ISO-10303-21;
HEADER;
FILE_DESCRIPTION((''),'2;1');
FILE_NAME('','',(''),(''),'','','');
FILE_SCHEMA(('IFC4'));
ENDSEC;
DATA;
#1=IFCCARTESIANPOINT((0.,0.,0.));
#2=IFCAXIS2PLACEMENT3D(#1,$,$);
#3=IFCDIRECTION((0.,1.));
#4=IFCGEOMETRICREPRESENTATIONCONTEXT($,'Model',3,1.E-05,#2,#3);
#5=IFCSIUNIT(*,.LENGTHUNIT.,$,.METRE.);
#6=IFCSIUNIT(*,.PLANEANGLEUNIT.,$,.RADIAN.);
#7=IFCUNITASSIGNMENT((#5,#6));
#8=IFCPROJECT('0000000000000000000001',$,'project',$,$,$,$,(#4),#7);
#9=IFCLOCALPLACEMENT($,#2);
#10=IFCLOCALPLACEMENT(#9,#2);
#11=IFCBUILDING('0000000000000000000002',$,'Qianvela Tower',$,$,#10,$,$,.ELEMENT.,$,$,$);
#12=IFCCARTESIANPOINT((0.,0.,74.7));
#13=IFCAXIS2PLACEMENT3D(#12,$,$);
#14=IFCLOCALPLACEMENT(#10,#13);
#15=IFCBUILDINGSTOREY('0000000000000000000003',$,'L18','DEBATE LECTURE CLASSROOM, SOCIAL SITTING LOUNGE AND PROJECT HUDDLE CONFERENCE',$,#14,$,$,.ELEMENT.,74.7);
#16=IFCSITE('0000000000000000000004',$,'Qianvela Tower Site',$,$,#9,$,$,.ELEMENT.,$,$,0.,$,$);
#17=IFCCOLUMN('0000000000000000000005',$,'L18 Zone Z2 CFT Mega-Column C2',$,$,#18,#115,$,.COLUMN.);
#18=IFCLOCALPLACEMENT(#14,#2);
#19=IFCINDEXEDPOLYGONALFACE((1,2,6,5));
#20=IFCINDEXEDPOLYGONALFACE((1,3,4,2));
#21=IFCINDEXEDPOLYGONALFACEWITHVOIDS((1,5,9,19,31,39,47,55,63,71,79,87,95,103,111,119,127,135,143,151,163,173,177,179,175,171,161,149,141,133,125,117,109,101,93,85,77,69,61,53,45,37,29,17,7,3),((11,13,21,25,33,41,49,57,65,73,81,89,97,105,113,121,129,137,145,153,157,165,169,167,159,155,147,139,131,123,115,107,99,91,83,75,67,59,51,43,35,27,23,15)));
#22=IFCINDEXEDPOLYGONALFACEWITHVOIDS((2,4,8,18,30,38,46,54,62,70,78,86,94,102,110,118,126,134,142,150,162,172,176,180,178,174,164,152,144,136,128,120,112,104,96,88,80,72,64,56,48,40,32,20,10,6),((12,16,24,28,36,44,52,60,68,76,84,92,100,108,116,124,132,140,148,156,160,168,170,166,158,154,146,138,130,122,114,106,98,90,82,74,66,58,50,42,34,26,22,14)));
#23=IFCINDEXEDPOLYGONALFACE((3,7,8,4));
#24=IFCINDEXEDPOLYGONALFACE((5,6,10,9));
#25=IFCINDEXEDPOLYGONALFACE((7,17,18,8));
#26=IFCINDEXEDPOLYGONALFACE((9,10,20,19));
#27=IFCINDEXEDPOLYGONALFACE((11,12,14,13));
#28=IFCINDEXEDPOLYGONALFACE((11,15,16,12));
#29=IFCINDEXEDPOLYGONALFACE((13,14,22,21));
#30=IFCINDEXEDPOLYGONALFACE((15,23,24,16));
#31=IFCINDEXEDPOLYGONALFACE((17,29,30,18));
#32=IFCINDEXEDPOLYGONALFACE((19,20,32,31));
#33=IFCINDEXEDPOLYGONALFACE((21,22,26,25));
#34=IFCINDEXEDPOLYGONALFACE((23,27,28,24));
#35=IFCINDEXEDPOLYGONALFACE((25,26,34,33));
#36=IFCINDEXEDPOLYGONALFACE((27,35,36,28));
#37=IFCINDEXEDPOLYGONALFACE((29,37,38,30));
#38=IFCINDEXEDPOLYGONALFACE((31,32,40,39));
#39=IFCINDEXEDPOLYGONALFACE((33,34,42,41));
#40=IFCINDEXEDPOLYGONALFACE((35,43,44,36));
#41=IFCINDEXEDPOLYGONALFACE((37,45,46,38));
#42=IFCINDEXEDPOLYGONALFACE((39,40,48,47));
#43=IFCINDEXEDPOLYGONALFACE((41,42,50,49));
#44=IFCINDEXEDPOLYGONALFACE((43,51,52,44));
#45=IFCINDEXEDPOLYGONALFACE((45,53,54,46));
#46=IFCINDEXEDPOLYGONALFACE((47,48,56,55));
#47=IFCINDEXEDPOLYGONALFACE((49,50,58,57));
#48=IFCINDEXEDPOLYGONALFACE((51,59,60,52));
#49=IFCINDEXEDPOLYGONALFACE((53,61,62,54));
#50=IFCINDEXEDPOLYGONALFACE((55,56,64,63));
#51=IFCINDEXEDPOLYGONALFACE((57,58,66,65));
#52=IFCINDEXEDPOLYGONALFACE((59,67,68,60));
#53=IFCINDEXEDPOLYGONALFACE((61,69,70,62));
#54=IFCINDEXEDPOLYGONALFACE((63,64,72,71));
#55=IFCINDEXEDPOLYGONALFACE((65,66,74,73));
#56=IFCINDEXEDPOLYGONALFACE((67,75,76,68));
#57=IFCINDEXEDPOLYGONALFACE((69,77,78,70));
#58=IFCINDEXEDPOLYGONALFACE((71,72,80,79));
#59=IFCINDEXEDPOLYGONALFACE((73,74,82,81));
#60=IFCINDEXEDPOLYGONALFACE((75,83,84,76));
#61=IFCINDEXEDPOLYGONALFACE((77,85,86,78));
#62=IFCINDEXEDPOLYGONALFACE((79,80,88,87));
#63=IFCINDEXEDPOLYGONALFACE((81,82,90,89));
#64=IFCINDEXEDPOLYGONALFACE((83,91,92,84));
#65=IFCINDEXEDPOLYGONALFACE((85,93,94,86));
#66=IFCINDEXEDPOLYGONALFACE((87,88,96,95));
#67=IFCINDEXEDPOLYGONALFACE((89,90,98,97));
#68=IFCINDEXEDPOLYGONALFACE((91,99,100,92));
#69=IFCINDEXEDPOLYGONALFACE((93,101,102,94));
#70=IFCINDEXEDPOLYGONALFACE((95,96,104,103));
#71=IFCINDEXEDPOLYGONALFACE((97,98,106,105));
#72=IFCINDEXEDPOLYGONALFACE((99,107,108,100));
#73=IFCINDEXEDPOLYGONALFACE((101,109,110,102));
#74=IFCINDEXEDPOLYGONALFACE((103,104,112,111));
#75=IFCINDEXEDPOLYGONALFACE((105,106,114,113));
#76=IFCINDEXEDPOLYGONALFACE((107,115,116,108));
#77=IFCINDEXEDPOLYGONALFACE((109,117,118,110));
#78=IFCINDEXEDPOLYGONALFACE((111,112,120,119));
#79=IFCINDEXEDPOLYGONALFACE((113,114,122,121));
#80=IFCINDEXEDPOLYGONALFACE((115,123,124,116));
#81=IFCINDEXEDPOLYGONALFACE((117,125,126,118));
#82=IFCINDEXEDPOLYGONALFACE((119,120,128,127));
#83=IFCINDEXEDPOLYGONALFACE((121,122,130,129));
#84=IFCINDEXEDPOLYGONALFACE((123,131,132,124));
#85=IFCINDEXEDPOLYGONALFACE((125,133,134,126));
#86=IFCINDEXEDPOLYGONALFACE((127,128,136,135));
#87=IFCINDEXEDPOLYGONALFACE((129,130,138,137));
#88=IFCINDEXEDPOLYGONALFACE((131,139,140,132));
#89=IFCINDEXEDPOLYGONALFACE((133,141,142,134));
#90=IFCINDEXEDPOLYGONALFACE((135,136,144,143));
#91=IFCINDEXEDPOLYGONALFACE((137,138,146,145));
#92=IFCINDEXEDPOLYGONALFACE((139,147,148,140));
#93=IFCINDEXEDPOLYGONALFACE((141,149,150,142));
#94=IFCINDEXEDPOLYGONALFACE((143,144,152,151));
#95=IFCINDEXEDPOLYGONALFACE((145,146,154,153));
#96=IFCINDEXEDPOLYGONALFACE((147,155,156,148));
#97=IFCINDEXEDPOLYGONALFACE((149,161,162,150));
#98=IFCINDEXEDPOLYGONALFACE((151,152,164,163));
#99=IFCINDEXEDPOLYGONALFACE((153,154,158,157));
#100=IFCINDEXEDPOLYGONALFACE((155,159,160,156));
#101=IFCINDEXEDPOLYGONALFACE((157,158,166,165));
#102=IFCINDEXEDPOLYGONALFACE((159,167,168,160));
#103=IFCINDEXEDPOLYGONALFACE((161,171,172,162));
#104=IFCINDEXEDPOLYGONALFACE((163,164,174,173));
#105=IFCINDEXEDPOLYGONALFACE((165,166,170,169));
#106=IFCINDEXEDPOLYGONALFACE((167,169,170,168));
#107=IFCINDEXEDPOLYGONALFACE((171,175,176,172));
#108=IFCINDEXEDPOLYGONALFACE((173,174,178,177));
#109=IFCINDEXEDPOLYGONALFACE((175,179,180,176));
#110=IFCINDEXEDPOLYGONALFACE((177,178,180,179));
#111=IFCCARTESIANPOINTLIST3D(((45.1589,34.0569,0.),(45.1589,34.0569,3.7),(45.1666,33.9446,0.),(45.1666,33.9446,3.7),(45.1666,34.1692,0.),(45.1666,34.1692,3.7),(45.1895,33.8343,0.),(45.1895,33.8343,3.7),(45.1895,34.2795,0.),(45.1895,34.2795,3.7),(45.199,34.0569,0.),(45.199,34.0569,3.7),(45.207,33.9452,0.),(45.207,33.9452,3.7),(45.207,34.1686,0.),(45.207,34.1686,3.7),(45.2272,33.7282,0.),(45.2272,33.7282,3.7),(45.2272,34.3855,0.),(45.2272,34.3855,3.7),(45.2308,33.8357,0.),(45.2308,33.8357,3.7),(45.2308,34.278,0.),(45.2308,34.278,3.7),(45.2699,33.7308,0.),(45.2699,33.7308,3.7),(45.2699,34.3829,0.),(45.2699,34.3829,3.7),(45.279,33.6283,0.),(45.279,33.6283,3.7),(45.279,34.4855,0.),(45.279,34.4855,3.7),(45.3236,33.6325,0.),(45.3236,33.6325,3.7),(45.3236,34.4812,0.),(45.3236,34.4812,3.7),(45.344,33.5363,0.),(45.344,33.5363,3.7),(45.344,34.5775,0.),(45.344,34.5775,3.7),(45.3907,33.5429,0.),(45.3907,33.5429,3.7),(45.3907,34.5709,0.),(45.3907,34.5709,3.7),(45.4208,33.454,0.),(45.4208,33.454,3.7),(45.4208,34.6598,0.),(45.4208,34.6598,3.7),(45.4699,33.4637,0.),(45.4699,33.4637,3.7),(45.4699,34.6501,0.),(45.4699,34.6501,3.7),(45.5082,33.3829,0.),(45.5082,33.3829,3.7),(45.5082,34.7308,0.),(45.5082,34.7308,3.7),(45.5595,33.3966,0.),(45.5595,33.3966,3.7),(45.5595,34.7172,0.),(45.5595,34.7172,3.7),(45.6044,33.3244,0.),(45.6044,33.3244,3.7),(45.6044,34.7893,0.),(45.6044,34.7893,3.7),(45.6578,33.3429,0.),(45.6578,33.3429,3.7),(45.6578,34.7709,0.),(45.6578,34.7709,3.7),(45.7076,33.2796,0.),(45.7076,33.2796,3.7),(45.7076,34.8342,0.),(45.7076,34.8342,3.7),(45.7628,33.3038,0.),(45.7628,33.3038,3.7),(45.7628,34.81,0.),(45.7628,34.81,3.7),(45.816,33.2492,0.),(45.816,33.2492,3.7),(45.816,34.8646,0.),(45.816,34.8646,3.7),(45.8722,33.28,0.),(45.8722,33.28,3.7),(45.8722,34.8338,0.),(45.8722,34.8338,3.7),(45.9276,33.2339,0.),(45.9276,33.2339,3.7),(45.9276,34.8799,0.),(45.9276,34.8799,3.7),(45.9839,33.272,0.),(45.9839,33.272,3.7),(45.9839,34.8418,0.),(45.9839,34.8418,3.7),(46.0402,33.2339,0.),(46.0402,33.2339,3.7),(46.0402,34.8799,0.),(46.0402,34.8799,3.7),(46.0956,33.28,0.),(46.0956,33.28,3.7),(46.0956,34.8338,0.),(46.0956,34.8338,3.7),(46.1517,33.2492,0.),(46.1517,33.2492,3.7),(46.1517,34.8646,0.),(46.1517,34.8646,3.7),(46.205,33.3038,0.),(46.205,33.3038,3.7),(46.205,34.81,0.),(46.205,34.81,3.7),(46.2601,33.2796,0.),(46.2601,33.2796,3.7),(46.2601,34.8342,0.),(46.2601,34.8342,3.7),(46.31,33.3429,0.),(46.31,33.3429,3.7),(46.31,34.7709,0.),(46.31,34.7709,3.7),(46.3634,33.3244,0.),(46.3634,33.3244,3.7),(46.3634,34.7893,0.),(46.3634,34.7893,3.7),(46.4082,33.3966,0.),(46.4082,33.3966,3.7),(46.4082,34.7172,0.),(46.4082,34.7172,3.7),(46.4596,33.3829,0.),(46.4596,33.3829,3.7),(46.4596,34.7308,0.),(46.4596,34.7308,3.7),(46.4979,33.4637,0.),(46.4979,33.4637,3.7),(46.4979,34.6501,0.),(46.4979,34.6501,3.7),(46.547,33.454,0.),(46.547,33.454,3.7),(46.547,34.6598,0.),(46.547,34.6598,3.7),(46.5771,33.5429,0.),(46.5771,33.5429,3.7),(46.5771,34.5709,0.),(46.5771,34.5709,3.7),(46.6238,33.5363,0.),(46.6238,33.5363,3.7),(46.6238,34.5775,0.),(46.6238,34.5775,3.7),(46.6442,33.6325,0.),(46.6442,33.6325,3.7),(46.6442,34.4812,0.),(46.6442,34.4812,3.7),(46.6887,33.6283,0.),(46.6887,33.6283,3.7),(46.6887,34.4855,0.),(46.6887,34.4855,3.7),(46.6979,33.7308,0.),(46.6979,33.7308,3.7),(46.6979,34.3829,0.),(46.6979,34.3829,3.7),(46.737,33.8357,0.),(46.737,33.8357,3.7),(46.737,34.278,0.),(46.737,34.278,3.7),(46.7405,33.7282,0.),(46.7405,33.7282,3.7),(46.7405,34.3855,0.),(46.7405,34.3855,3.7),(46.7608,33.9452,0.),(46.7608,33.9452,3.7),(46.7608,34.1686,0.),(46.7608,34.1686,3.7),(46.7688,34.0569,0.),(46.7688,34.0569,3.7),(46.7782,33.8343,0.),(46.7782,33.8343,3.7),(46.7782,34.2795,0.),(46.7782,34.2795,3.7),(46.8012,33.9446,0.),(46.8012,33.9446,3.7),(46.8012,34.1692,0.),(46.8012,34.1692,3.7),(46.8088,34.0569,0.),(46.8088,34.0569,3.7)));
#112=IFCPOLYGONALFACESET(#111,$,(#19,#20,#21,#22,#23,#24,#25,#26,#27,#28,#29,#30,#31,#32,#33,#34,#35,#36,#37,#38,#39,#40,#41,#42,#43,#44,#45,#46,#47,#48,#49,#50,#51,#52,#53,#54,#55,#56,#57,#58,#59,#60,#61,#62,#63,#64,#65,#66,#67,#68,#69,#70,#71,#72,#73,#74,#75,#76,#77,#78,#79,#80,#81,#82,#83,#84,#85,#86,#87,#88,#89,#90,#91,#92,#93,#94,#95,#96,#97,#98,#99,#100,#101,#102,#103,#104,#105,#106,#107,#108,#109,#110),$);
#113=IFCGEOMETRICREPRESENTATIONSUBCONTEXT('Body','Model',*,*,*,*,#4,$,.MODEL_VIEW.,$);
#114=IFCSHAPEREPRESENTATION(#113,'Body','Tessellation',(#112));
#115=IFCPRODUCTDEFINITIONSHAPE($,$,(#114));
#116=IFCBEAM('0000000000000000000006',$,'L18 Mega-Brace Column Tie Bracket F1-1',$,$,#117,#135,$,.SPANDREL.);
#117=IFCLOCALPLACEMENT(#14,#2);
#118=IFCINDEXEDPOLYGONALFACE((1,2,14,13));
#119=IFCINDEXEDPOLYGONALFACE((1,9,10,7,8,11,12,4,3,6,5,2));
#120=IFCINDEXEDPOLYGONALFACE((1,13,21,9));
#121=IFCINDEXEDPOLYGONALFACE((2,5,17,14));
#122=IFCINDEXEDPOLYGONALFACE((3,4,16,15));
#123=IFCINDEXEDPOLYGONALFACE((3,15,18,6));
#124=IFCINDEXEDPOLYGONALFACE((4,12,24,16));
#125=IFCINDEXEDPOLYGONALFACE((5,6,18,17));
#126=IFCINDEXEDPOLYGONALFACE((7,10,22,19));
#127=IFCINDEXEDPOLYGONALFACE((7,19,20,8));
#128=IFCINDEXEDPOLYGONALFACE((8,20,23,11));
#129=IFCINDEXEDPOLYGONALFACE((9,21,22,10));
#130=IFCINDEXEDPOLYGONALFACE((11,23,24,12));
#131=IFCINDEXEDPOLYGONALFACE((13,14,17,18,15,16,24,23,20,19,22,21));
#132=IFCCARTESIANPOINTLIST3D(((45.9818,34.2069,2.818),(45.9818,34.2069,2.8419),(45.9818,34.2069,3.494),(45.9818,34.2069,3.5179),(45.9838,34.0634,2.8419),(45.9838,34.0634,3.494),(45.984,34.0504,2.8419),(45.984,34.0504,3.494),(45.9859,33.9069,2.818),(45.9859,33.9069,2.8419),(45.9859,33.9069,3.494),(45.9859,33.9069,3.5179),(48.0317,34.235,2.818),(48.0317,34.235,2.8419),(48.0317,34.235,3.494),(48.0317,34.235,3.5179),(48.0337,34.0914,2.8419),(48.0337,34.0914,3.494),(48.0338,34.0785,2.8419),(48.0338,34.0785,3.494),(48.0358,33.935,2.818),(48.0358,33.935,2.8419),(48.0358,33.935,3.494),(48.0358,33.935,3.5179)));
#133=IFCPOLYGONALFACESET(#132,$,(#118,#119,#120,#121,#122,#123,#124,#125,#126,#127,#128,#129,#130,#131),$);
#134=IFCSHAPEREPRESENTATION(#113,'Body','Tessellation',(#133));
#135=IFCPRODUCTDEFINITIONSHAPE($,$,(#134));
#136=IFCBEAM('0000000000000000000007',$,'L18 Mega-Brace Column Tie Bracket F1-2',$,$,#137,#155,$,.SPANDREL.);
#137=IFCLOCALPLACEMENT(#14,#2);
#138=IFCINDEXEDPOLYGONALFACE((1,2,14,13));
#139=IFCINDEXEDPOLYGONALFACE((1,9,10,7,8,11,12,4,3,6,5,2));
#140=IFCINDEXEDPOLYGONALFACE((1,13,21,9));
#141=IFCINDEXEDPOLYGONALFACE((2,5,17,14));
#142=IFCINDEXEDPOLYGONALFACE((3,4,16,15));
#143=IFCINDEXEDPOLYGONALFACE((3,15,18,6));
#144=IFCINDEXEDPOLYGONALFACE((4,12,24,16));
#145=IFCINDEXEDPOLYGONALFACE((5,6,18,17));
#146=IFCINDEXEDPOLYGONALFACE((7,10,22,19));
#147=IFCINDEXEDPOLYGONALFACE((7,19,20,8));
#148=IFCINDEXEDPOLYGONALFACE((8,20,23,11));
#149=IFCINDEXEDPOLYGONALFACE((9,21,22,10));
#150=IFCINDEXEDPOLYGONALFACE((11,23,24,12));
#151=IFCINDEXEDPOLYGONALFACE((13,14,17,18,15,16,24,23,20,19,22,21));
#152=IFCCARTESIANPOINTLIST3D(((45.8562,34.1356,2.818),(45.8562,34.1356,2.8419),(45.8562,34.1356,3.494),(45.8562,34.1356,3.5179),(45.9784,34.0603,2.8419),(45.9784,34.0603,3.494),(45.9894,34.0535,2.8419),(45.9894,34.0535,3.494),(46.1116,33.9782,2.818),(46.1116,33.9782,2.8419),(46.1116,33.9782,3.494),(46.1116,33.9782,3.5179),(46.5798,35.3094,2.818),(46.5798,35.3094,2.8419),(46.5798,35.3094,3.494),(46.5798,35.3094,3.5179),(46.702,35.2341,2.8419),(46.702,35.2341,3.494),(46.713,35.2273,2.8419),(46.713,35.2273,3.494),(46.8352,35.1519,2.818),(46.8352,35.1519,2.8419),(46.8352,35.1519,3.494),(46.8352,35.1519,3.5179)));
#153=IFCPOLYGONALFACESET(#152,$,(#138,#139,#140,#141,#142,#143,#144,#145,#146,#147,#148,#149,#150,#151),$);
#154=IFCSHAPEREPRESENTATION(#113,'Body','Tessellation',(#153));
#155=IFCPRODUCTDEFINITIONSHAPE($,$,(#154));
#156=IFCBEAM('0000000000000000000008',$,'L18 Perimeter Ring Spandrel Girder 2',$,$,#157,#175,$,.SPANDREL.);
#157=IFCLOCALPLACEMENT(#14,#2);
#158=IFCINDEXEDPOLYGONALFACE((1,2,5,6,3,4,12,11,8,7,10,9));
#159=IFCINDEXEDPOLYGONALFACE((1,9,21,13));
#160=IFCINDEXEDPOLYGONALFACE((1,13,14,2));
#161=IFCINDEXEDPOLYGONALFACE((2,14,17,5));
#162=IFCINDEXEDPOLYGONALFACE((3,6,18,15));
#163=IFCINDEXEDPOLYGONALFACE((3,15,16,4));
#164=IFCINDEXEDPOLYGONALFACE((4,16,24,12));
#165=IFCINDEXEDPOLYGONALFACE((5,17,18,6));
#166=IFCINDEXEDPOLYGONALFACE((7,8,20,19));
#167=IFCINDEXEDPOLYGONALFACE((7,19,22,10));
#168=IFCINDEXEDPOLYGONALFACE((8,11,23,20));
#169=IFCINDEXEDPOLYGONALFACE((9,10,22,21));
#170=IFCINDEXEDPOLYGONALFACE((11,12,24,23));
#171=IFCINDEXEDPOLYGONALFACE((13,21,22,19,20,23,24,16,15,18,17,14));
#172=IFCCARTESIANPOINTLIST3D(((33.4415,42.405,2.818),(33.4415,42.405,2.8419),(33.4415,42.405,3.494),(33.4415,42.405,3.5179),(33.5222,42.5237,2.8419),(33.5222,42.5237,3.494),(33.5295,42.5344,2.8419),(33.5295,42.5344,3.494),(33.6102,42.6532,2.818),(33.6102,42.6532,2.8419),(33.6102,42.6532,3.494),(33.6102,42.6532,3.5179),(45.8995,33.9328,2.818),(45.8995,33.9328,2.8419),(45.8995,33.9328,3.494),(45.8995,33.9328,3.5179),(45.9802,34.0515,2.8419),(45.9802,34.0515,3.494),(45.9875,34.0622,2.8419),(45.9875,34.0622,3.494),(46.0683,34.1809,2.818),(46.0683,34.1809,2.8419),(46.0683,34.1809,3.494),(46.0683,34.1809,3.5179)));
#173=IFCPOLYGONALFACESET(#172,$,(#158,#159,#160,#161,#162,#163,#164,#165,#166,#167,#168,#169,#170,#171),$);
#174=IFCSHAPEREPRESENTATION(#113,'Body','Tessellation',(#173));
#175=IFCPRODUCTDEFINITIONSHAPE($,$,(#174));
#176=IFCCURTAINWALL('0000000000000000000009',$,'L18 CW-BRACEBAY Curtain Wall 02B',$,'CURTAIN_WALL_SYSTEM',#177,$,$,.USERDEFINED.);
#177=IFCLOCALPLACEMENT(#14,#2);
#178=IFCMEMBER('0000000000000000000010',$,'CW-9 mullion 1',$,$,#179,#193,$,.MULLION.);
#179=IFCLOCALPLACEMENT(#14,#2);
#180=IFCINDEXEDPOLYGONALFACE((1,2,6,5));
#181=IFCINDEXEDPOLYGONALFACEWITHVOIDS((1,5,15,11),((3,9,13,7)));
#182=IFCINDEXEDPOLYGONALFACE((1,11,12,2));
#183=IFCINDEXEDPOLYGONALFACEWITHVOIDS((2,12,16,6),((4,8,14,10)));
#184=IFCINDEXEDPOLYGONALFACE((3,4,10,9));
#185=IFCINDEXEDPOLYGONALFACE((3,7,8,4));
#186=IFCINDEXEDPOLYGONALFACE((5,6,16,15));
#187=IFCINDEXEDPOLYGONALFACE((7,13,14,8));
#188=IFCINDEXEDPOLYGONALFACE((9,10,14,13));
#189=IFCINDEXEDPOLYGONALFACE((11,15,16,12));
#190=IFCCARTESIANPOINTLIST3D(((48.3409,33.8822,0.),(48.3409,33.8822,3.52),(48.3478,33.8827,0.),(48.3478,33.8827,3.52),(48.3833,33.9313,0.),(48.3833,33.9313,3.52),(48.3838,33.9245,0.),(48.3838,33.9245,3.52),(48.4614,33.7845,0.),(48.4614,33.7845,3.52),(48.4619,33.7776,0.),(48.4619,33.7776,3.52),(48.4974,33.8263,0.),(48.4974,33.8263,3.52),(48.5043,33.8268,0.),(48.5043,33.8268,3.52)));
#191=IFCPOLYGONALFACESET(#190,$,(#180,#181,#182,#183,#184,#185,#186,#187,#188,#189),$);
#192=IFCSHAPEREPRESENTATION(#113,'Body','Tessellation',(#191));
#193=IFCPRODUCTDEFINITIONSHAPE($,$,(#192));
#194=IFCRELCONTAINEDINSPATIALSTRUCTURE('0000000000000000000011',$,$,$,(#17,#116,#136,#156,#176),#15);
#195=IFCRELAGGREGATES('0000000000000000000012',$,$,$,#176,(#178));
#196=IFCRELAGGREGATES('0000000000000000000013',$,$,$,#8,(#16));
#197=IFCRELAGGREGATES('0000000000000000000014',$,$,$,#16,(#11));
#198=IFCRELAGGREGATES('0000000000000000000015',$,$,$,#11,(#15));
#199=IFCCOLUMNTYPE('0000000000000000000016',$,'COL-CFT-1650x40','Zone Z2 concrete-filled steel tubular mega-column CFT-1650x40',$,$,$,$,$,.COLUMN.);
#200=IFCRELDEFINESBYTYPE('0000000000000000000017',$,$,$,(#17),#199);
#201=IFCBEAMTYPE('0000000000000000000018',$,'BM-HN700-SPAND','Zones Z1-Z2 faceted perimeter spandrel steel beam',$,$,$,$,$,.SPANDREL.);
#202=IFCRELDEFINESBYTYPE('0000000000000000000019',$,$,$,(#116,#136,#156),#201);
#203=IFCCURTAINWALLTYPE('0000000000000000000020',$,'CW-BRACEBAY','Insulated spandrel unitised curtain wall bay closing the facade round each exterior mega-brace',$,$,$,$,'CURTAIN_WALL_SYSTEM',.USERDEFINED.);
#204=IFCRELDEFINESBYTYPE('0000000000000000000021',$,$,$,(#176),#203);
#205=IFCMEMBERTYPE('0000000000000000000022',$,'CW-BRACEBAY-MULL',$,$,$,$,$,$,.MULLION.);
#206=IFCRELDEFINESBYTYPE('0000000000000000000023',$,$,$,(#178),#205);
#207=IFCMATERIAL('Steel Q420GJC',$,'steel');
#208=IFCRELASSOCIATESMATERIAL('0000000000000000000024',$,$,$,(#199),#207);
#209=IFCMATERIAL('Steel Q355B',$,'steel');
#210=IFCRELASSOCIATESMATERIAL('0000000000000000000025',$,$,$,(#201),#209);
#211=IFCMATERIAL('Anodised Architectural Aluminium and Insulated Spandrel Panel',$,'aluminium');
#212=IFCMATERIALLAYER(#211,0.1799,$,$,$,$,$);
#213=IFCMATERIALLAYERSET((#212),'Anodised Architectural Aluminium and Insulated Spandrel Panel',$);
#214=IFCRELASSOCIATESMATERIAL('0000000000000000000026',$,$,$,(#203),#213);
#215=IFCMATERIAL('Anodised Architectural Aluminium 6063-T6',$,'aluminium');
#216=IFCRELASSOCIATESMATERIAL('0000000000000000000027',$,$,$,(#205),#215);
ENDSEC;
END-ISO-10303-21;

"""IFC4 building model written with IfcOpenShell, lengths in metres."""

from ifc_helpers import new_model, si_unit, direction, frame, origin, origin_2d, place, context, subcontext, project, spatial, hollow_rectangle, hollow_circle, i_section, extrude, material, layer, layer_set, material_profile, profile_set, type_object, element, aggregate, save


model = new_model("IFC4")

# Units and contexts
model_context = context("Model", 3, precision=1e-05, world=origin(), true_north=direction((0.0, 1.0)))
body_context = subcontext(model_context, "Body", "Model", "MODEL_VIEW")
ifc_project = project(units=[si_unit("LENGTHUNIT", "METRE"), si_unit("PLANEANGLEUNIT", "RADIAN")], contexts=[model_context])

# Site, building, storey
site_placement = place(None, origin())
site = spatial("IfcSite", under=ifc_project, at=site_placement, Name="Qianvela Tower Site", CompositionType="ELEMENT", RefElevation=0.0)
building_placement = place(site_placement, origin())
building = spatial("IfcBuilding", under=site, at=building_placement, Name="Qianvela Tower", CompositionType="ELEMENT")
storey_placement = place(building_placement, frame((0.0, 0.0, 74.7)))
storey = spatial("IfcBuildingStorey", under=building, at=storey_placement, Name="L18", Description="DEBATE LECTURE CLASSROOM, SOCIAL SITTING LOUNGE AND PROJECT HUDDLE CONFERENCE", CompositionType="ELEMENT", Elevation=74.7)

# Column
ifc_material_1 = material(Name="Steel Q420GJC", Category="steel")
ifc_material_profile_1 = material_profile(ifc_material_1, hollow_circle(Radius=0.825, WallThickness=0.04, at=origin_2d()), Name="CFT-1650x40")
ifc_profile_set_1 = profile_set([ifc_material_profile_1], Name="Steel Q420GJC")
column_type = type_object("IfcColumnType", Name="COL-CFT-1650x40", Description="Zone Z2 concrete-filled steel tubular mega-column CFT-1650x40", PredefinedType="COLUMN", material=ifc_profile_set_1)
column_placement = place(storey_placement, frame((45.9839, 34.0569, 0.0), z_axis=(0.0, 0.0, 1.0), x_axis=(1.0, 0.0, 0.0)))
element("IfcColumn", 1, at=column_placement, inside=storey, type_object=column_type, Name="L18 Zone Z2 CFT Mega-Column C2", PredefinedType="COLUMN", context=body_context, shape_type="SweptSolid", body=[
    extrude(hollow_circle(Radius=0.825, WallThickness=0.04, at=origin_2d()), origin(), (0.0, 0.0, 1.0), 3.7),
])

# Beams
ifc_material_2 = material(Name="Steel Q355B", Category="steel")
ifc_material_profile_2 = material_profile(ifc_material_2, i_section(OverallWidth=0.3, OverallDepth=0.7, WebThickness=0.0129, FlangeThickness=0.0239, at=origin_2d()), Name="HN700x300x13x24")
ifc_profile_set_2 = profile_set([ifc_material_profile_2], Name="Steel Q355B")
beam_type = type_object("IfcBeamType", Name="BM-HN700-SPAND", Description="Zones Z1-Z2 faceted perimeter spandrel steel beam", PredefinedType="SPANDREL", material=ifc_profile_set_2)
beam_1_placement = place(storey_placement, frame((45.9839, 34.0569, 3.168), z_axis=(0.999906, 0.013696, 0.0), x_axis=(-0.013696, 0.999906, 0.0)))
element("IfcBeam", 2, at=beam_1_placement, inside=storey, type_object=beam_type, Name="L18 Mega-Brace Column Tie Bracket F1-1", PredefinedType="SPANDREL", context=body_context, shape_type="SweptSolid", body=[
    extrude(i_section(OverallWidth=0.3, OverallDepth=0.7, WebThickness=0.0129, FlangeThickness=0.0239, at=origin_2d()), origin(), (0.0, 0.0, 1.0), 2.05),
])
beam_2_placement = place(storey_placement, frame((45.9839, 34.0569, 3.168), z_axis=(0.524769, 0.851245, 0.0), x_axis=(-0.851245, 0.524769, 0.0)))
element("IfcBeam", 3, at=beam_2_placement, inside=storey, type_object=beam_type, Name="L18 Mega-Brace Column Tie Bracket F1-2", PredefinedType="SPANDREL", context=body_context, shape_type="SweptSolid", body=[
    extrude(i_section(OverallWidth=0.3, OverallDepth=0.7, WebThickness=0.0129, FlangeThickness=0.0239, at=origin_2d()), origin(), (0.0, 0.0, 1.0), 1.3789),
])
beam_3_placement = place(storey_placement, frame((45.9839, 34.0569, 3.168), z_axis=(-0.826904, 0.562343, 0.0), x_axis=(-0.562343, -0.826904, 0.0)))
element("IfcBeam", 4, at=beam_3_placement, inside=storey, type_object=beam_type, Name="L18 Perimeter Ring Spandrel Girder 2", PredefinedType="SPANDREL", context=body_context, shape_type="SweptSolid", body=[
    extrude(i_section(OverallWidth=0.3, OverallDepth=0.7, WebThickness=0.0129, FlangeThickness=0.0239, at=origin_2d()), origin(), (0.0, 0.0, 1.0), 15.0659),
])

# Curtain wall, member
ifc_material_3 = material(Name="Anodised Architectural Aluminium and Insulated Spandrel Panel", Category="aluminium")
ifc_layer_1 = layer(ifc_material_3, 0.1799)
ifc_layer_set_1 = layer_set([ifc_layer_1], Name="Anodised Architectural Aluminium and Insulated Spandrel Panel")
curtain_wall_type_1 = type_object("IfcCurtainWallType", Name="CW-BRACEBAY", Description="Insulated spandrel unitised curtain wall bay closing the facade round each exterior mega-brace", ElementType="CURTAIN_WALL_SYSTEM", PredefinedType="USERDEFINED", material=ifc_layer_set_1)
curtain_wall_1_placement = place(storey_placement, origin())
curtain_wall_1 = element("IfcCurtainWall", 5, at=curtain_wall_1_placement, inside=storey, type_object=curtain_wall_type_1, Name="L18 CW-BRACEBAY Curtain Wall 02B", ObjectType="CURTAIN_WALL_SYSTEM", PredefinedType="USERDEFINED")
ifc_material_4 = material(Name="Anodised Architectural Aluminium 6063-T6", Category="aluminium")
ifc_material_profile_3 = material_profile(ifc_material_4, hollow_rectangle(XDim=0.0649, YDim=0.1599, WallThickness=0.0049, at=origin_2d()), Name="ALU-MULL-65x160")
ifc_profile_set_3 = profile_set([ifc_material_profile_3], Name="Anodised Architectural Aluminium 6063-T6")
member_type_1 = type_object("IfcMemberType", Name="CW-BRACEBAY-MULL", PredefinedType="MULLION", material=ifc_profile_set_3)
member_1_placement = place(storey_placement, frame((48.4226, 33.8545, 0.0), z_axis=(0.0, 0.0, 1.0), x_axis=(-0.653855, -0.75662, 0.0)))
member_1 = element("IfcMember", 6, at=member_1_placement, type_object=member_type_1, Name="CW-9 mullion 1", PredefinedType="MULLION", context=body_context, shape_type="SweptSolid", body=[
    extrude(hollow_rectangle(XDim=0.0649, YDim=0.1599, WallThickness=0.0049, at=origin_2d()), origin(), (0.0, 0.0, 1.0), 3.52),
])

aggregate(curtain_wall_1, [member_1])

save(model, "model.ifc")
